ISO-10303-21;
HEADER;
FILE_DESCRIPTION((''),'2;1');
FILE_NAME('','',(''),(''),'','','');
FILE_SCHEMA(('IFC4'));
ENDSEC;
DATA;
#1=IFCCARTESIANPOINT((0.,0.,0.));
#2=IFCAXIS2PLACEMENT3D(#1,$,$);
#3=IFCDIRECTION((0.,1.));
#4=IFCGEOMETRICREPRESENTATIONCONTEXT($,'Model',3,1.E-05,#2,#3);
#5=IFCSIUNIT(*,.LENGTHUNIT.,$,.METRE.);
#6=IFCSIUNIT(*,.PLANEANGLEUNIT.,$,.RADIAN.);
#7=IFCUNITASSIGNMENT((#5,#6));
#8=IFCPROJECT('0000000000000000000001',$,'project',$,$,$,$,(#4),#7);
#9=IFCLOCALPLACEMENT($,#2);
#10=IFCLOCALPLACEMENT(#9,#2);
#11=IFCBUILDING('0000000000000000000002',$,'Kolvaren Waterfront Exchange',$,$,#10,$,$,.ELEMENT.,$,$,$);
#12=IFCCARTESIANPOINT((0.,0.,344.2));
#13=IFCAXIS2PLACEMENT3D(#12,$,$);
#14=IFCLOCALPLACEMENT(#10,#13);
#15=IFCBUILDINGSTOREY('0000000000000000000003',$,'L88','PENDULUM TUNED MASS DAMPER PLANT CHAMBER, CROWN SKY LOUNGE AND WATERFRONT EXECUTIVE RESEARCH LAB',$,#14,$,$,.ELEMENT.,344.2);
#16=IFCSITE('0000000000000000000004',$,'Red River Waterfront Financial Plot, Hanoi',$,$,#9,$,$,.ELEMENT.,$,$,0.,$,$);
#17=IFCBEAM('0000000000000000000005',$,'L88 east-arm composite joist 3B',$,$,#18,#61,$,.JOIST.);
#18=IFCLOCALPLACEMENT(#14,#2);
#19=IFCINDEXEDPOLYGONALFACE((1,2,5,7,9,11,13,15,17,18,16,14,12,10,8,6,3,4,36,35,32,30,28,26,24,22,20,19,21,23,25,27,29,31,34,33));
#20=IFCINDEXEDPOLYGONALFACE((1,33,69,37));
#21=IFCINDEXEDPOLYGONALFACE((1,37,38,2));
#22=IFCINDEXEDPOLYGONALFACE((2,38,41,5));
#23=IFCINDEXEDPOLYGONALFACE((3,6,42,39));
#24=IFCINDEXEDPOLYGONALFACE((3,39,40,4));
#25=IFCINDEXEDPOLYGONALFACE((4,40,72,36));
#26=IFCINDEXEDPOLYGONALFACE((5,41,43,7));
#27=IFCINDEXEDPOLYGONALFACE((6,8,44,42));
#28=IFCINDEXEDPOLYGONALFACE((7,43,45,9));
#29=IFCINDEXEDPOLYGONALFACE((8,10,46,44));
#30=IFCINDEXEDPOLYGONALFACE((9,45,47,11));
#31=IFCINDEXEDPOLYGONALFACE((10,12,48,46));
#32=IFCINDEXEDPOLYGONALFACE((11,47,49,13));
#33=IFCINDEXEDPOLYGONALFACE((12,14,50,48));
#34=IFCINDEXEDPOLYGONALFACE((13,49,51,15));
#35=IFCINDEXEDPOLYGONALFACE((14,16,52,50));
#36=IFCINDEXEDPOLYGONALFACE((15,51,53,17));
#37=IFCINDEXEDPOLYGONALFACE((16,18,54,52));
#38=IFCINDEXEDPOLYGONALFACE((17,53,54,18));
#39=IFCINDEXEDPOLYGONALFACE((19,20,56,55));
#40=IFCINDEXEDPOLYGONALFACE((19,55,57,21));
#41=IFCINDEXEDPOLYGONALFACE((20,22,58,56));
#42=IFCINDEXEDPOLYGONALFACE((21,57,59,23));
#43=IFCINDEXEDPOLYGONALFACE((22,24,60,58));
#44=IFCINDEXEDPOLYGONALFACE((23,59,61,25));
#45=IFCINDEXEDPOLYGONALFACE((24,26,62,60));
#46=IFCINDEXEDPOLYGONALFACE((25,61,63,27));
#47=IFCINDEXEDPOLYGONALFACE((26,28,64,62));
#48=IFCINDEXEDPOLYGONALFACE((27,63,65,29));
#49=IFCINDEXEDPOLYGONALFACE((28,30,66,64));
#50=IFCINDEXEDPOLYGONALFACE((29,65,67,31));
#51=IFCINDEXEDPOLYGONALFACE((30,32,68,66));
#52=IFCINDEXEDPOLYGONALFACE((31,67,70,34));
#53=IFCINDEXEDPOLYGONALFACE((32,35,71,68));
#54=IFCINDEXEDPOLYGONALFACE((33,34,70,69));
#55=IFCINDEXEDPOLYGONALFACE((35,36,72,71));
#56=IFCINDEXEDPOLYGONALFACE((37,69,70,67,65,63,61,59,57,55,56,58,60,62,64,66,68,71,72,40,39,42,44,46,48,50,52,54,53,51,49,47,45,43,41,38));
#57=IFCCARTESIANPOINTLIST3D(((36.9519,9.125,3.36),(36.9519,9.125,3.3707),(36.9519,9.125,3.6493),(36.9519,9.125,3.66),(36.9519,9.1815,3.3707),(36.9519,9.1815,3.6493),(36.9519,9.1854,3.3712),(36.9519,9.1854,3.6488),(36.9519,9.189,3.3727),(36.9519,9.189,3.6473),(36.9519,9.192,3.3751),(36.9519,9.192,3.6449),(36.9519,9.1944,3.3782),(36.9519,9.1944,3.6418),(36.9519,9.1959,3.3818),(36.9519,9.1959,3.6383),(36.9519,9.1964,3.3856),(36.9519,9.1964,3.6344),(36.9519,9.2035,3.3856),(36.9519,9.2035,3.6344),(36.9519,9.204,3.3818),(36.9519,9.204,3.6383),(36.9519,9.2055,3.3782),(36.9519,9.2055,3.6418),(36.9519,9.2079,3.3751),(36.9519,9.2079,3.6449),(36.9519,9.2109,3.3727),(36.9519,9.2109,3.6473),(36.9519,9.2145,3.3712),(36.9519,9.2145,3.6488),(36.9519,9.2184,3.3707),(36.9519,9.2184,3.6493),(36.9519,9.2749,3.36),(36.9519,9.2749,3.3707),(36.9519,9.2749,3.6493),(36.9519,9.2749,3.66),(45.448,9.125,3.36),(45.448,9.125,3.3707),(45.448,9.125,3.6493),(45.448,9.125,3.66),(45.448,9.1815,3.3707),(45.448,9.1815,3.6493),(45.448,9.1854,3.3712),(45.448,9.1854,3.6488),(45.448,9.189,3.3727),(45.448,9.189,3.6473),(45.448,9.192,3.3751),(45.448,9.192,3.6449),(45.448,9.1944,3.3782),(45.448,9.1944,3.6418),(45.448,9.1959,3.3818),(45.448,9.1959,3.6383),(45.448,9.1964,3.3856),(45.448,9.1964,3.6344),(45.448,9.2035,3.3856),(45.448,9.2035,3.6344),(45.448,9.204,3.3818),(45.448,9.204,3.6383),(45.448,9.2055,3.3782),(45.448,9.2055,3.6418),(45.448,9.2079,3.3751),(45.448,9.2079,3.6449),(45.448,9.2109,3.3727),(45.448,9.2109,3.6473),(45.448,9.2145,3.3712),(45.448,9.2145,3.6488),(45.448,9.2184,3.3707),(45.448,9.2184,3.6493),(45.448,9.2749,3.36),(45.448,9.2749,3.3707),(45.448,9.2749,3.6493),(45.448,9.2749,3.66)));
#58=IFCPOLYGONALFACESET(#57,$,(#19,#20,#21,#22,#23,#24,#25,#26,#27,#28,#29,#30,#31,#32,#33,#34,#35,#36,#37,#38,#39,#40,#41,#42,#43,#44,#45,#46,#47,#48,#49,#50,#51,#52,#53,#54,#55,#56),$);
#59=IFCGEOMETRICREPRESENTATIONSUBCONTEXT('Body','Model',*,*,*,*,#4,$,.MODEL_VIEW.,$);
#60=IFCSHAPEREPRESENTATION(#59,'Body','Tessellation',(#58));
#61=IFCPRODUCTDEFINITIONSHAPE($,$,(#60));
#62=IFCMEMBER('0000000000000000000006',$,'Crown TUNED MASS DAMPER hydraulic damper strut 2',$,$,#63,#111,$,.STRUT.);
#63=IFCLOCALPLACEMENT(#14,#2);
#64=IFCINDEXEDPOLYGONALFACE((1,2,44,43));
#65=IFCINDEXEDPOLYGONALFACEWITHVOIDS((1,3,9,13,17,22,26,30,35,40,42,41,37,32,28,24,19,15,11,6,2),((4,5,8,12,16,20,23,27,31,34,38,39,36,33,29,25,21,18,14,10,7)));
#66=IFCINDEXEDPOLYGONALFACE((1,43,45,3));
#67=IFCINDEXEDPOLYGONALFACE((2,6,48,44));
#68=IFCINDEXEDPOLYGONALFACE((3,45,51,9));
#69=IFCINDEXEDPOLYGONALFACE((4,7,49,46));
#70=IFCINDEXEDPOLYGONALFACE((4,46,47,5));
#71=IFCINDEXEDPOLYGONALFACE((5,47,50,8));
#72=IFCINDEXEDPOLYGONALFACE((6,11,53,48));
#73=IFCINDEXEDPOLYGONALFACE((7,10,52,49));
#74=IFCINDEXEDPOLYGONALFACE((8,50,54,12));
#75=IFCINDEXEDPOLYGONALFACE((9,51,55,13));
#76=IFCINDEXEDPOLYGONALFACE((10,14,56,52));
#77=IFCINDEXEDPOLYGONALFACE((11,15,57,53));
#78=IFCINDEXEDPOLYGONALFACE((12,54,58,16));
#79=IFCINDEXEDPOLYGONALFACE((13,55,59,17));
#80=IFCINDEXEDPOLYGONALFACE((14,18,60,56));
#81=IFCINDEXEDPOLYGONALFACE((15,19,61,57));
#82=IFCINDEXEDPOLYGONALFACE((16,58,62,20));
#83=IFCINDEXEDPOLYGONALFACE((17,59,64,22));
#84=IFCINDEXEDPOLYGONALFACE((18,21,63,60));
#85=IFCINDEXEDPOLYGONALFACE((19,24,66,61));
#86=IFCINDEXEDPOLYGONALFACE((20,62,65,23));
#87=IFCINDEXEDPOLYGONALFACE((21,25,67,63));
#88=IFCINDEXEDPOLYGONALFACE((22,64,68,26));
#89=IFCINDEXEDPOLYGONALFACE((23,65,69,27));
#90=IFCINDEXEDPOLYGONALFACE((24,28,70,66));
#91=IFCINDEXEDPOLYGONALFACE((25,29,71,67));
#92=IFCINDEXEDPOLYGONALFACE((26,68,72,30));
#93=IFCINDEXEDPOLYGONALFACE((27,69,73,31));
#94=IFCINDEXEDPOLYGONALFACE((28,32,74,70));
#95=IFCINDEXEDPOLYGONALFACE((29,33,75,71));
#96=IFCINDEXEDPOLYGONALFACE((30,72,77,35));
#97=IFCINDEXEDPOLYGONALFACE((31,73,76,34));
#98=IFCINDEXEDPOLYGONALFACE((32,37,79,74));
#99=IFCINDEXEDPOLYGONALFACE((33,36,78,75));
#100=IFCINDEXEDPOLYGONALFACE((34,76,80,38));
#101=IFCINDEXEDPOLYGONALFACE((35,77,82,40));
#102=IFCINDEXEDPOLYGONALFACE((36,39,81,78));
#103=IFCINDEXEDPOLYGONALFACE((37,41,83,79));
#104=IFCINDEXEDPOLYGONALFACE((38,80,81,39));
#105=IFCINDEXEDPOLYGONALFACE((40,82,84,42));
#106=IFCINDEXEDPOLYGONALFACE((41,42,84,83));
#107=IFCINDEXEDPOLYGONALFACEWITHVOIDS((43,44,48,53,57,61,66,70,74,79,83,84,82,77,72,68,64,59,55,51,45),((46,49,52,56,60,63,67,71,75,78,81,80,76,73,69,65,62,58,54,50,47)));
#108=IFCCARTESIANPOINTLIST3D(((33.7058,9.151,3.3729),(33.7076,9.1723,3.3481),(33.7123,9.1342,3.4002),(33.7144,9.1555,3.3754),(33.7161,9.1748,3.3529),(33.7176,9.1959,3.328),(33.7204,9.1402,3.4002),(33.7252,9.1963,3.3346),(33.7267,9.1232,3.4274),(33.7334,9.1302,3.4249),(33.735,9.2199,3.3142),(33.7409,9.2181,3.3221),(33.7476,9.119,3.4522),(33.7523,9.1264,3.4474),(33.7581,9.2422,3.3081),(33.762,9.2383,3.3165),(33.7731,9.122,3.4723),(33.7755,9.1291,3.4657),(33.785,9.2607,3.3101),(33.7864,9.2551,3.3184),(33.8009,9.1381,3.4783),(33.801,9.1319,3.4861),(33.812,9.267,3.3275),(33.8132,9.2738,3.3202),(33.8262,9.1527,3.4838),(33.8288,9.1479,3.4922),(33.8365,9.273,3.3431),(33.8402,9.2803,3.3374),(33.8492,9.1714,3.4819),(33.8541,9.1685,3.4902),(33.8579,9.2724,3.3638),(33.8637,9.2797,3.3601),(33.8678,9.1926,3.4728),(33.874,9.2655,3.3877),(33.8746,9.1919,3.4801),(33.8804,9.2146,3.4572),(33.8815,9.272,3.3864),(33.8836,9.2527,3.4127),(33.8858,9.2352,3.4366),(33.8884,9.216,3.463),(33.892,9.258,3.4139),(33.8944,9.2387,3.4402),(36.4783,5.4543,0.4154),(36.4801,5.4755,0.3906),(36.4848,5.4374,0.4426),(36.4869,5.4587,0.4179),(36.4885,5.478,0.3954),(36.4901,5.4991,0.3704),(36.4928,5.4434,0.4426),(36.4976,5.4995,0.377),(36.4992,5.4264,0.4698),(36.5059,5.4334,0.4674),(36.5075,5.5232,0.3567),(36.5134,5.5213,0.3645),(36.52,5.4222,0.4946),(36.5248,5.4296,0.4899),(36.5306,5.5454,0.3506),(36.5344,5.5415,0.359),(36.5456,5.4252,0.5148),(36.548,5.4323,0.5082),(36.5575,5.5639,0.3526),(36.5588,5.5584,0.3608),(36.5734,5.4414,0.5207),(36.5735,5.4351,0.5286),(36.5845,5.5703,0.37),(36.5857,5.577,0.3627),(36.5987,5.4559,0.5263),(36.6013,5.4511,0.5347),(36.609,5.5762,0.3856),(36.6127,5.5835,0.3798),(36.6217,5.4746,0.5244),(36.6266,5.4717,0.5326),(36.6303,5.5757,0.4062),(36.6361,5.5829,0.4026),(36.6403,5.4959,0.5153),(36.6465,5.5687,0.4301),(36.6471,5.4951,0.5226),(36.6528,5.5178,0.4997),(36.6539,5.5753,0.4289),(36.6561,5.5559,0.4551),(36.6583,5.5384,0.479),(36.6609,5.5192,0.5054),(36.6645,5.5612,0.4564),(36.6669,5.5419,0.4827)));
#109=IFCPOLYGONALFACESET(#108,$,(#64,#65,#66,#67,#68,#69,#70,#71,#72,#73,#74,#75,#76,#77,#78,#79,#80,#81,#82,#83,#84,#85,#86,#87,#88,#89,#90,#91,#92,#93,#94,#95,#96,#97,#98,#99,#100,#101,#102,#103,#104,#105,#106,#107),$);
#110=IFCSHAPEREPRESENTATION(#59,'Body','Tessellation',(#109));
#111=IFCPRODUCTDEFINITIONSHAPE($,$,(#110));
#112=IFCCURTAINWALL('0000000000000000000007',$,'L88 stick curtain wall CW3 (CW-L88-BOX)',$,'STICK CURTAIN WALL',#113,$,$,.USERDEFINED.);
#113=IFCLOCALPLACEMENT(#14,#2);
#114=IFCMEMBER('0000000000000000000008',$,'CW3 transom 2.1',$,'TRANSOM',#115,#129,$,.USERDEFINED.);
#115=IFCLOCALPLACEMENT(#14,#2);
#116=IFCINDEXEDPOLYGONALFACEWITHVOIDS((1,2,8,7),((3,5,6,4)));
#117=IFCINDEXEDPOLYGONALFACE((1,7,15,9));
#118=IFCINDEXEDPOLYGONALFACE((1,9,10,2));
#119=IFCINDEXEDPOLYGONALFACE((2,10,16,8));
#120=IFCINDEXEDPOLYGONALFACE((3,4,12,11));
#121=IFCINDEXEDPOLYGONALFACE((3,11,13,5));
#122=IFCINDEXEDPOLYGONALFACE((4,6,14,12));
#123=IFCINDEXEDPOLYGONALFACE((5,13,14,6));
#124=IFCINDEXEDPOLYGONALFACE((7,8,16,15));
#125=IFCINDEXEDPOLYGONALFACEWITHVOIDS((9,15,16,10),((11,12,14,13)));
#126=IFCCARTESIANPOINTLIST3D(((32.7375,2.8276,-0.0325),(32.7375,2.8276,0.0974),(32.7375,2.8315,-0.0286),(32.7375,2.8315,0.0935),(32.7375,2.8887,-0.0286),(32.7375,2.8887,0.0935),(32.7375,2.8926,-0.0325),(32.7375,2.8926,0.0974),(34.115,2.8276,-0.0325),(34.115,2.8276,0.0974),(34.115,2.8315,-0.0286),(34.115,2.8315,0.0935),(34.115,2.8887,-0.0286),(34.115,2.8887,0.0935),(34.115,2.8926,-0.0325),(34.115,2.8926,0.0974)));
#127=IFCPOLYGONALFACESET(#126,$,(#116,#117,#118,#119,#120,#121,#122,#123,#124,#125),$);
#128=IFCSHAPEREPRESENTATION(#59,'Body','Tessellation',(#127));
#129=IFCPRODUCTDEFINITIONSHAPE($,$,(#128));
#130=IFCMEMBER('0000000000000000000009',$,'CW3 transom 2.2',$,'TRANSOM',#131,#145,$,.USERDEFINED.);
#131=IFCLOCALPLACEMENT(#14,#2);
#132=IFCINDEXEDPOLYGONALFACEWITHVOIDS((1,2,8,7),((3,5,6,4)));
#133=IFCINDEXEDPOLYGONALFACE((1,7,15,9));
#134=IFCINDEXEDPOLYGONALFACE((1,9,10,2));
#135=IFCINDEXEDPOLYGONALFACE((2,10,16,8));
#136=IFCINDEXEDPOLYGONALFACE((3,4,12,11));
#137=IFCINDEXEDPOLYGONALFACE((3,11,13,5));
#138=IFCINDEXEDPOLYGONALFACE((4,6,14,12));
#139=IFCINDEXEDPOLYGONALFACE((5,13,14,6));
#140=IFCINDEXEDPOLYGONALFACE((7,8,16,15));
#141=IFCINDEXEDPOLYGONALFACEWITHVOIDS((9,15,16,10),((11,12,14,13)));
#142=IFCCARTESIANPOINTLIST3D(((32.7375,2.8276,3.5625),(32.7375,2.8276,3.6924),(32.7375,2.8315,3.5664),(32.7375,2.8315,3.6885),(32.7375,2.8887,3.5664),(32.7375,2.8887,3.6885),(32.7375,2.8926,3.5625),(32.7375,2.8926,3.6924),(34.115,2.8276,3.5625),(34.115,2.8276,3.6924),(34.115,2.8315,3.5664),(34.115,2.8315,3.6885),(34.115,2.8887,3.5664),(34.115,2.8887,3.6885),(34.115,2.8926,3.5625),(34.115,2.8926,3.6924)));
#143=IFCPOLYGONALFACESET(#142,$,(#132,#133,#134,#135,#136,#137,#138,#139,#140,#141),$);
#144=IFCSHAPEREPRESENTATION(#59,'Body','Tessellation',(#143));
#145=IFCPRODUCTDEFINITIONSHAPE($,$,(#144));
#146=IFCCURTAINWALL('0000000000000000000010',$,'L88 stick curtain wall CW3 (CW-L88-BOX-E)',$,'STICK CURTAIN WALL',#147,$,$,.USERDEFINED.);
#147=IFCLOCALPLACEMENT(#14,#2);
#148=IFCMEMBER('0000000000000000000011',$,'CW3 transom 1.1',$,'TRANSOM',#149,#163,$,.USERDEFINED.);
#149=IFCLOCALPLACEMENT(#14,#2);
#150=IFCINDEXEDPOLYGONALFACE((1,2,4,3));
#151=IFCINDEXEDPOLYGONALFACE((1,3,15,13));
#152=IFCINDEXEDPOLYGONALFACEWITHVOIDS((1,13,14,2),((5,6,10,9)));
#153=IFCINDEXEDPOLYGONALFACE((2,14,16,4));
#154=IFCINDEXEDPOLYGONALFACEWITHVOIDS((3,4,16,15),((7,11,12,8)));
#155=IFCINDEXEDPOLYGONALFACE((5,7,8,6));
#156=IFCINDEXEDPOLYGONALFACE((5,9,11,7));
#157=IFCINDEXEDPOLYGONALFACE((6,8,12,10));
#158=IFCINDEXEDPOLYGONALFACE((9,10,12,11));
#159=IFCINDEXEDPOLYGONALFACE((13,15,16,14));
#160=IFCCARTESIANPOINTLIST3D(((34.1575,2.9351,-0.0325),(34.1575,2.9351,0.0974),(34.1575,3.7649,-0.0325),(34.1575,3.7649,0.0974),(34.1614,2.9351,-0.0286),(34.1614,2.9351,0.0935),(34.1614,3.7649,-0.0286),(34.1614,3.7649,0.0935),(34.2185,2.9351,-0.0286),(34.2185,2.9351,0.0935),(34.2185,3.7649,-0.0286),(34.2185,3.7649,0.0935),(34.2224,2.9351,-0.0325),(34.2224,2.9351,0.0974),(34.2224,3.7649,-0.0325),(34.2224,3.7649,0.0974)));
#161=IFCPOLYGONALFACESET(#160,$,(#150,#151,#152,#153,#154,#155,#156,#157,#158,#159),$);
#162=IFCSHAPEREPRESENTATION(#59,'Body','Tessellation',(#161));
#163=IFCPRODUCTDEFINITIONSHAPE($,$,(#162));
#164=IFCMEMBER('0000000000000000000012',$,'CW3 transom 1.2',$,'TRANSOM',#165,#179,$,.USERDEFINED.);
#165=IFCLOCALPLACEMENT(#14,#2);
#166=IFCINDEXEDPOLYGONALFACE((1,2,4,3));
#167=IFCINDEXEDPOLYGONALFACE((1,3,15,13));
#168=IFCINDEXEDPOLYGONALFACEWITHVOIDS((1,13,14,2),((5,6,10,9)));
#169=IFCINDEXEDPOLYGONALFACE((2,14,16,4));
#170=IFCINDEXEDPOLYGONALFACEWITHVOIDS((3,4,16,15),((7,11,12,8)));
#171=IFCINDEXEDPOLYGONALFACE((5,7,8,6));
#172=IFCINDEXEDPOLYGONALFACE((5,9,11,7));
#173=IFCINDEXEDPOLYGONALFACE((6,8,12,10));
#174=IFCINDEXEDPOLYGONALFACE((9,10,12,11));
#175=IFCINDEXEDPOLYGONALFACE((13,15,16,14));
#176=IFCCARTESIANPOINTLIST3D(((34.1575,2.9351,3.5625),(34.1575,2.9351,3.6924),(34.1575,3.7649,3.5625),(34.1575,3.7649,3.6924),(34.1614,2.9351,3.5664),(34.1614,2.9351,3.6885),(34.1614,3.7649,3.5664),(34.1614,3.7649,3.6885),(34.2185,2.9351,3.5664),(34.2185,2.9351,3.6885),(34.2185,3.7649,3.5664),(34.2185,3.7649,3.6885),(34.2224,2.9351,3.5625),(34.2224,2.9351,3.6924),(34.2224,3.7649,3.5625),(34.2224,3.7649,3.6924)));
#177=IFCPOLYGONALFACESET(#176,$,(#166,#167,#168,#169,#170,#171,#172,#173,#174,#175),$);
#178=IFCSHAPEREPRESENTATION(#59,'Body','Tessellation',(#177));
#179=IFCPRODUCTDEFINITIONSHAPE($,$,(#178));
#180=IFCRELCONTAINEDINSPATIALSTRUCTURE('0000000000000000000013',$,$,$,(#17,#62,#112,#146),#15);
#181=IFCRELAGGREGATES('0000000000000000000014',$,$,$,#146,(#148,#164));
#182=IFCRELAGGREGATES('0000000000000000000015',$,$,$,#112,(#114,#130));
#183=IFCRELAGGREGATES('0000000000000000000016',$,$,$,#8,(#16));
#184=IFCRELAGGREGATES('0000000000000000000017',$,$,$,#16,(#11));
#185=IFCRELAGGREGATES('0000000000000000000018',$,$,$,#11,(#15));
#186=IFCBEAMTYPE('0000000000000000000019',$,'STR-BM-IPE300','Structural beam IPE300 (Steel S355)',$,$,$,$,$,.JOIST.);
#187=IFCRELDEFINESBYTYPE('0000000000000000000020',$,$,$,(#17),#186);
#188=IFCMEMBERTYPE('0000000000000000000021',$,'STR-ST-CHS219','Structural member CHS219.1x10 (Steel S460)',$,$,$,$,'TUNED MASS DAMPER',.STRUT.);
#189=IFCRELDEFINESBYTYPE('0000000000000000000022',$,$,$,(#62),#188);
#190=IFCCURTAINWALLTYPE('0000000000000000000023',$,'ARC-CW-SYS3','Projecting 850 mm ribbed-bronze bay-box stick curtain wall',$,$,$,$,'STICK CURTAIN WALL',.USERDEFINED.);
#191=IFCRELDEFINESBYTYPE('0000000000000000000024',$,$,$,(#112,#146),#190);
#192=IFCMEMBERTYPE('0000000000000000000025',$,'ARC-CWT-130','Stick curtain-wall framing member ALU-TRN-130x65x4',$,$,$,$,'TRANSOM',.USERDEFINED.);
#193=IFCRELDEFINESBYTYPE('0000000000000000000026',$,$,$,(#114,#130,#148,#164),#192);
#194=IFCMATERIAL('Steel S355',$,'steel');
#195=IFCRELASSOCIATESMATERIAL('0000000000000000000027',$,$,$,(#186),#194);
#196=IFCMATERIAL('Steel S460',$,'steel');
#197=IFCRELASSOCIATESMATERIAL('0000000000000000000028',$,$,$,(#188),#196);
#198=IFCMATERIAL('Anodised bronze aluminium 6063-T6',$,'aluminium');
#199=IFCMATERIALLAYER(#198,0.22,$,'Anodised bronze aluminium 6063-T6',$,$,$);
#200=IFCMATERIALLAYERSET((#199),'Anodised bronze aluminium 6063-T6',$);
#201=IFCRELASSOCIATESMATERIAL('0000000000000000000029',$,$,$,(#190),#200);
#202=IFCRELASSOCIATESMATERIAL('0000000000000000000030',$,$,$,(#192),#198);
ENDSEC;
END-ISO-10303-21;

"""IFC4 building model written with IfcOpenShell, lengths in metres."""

from ifc_helpers import new_model, si_unit, direction, frame, origin, origin_with_axes, origin_2d, place, context, subcontext, project, spatial, hollow_rectangle, hollow_circle, i_section, extrude, source, transform, mapped, material, layer, layer_set, material_profile, profile_set, type_object, element, aggregate, save


model = new_model("IFC4")

# Units and contexts
model_context = context("Model", 3, precision=1e-05, world=origin(), true_north=direction((0.0, 1.0)))
body_context = subcontext(model_context, "Body", "Model", "MODEL_VIEW")
ifc_project = project(units=[si_unit("LENGTHUNIT", "METRE"), si_unit("PLANEANGLEUNIT", "RADIAN")], contexts=[model_context])

# Site, building, storey
site_placement = place(None, origin())
site = spatial("IfcSite", under=ifc_project, at=site_placement, Name="Red River Waterfront Financial Plot, Hanoi", CompositionType="ELEMENT", RefElevation=0.0)
building_placement = place(site_placement, origin())
building = spatial("IfcBuilding", under=site, at=building_placement, Name="Kolvaren Waterfront Exchange", CompositionType="ELEMENT")
storey_placement = place(building_placement, frame((0.0, 0.0, 344.2)))
storey = spatial("IfcBuildingStorey", under=building, at=storey_placement, Name="L88", Description="PENDULUM TUNED MASS DAMPER PLANT CHAMBER, CROWN SKY LOUNGE AND WATERFRONT EXECUTIVE RESEARCH LAB", CompositionType="ELEMENT", Elevation=344.2)

# Beam
ifc_material_1 = material(Name="Steel S355", Category="steel")
ifc_material_profile_1 = material_profile(ifc_material_1, i_section(OverallWidth=0.1499, OverallDepth=0.3, WebThickness=0.0071, FlangeThickness=0.0107, FilletRadius=0.0149, at=origin_2d()), Name="IPE300")
ifc_profile_set_1 = profile_set([ifc_material_profile_1], Name="Steel S355")
beam_type_1 = type_object("IfcBeamType", Name="STR-BM-IPE300", Description="Structural beam IPE300 (Steel S355)", PredefinedType="JOIST", material=ifc_profile_set_1)
beam_1_placement = place(storey_placement, frame((36.9519, 9.2, 3.51), z_axis=(1.0, 0.0, 0.0), x_axis=(0.0, 1.0, 0.0)))
element("IfcBeam", 1, at=beam_1_placement, inside=storey, type_object=beam_type_1, Name="L88 east-arm composite joist 3B", PredefinedType="JOIST", context=body_context, shape_type="SweptSolid", body=[
    extrude(i_section(OverallWidth=0.1499, OverallDepth=0.3, WebThickness=0.0071, FlangeThickness=0.0107, FilletRadius=0.0149, at=origin_2d()), origin(), (0.0, 0.0, 1.0), 8.4961),
])

# Member
ifc_material_2 = material(Name="Steel S460", Category="steel")
ifc_material_profile_2 = material_profile(ifc_material_2, hollow_circle(Radius=0.1096, WallThickness=0.01, at=origin_2d()), Name="CHS219.1x10")
ifc_profile_set_2 = profile_set([ifc_material_profile_2], Name="Steel S460")
member_type_1 = type_object("IfcMemberType", Name="STR-ST-CHS219", Description="Structural member CHS219.1x10 (Steel S460)", ElementType="TUNED MASS DAMPER", PredefinedType="STRUT", material=ifc_profile_set_2)
member_1_placement = place(storey_placement, frame((36.5725, 5.5032, 0.4426), z_axis=(-0.505341, 0.673818, 0.539072), x_axis=(-0.800013, -0.599983, 0.0)))
element("IfcMember", 2, at=member_1_placement, inside=storey, type_object=member_type_1, Name="Crown TUNED MASS DAMPER hydraulic damper strut 2", PredefinedType="STRUT", context=body_context, shape_type="SweptSolid", body=[
    extrude(hollow_circle(Radius=0.1096, WallThickness=0.01, at=origin_2d()), origin(), (0.0, 0.0, 1.0), 5.4863),
])

# Curtain walls, members
ifc_material_3 = material(Name="Anodised bronze aluminium 6063-T6", Category="aluminium")
ifc_layer_1 = layer(ifc_material_3, 0.22, Name="Anodised bronze aluminium 6063-T6")
ifc_layer_set_1 = layer_set([ifc_layer_1], Name="Anodised bronze aluminium 6063-T6")
curtain_wall_type_1 = type_object("IfcCurtainWallType", Name="ARC-CW-SYS3", Description="Projecting 850 mm ribbed-bronze bay-box stick curtain wall", ElementType="STICK CURTAIN WALL", PredefinedType="USERDEFINED", material=ifc_layer_set_1)
curtain_wall_1_placement = place(storey_placement, origin())
curtain_wall_1 = element("IfcCurtainWall", 3, at=curtain_wall_1_placement, inside=storey, type_object=curtain_wall_type_1, Name="L88 stick curtain wall CW3 (CW-L88-BOX)", ObjectType="STICK CURTAIN WALL", PredefinedType="USERDEFINED")
ifc_material_profile_3 = material_profile(ifc_material_3, hollow_rectangle(XDim=0.0649, YDim=0.1299, WallThickness=0.0039, at=origin_2d()), Name="ALU-TRN-130x65x4")
ifc_profile_set_3 = profile_set([ifc_material_profile_3], Name="Anodised bronze aluminium 6063-T6")
member_type_2 = type_object("IfcMemberType", Name="ARC-CWT-130", Description="Stick curtain-wall framing member ALU-TRN-130x65x4", ElementType="TRANSOM", PredefinedType="USERDEFINED", material=ifc_profile_set_3)
shared_shape_1 = source(origin_with_axes(), body_context, "Body", "SweptSolid", [
    extrude(hollow_rectangle(XDim=0.0649, YDim=0.1299, WallThickness=0.0039, at=origin_2d()), origin(), (0.0, 0.0, 1.0), 1.3774),
])
member_2_placement = place(storey_placement, frame((32.7375, 2.8601, 0.0325), z_axis=(1.0, 0.0, 0.0), x_axis=(0.0, 1.0, 0.0)))
member_2 = element("IfcMember", 4, at=member_2_placement, type_object=member_type_2, Name="CW3 transom 2.1", ObjectType="TRANSOM", PredefinedType="USERDEFINED", context=body_context, shape_type="MappedRepresentation", body=[
    mapped(shared_shape_1, transform((0.0, 0.0, 0.0), x_axis=(1.0, 0.0, 0.0), y_axis=(0.0, 1.0, 0.0), z_axis=(0.0, 0.0, 1.0), scale=1.0)),
])
member_3_placement = place(storey_placement, frame((32.7375, 2.8601, 3.6274), z_axis=(1.0, 0.0, 0.0), x_axis=(0.0, 1.0, 0.0)))
member_3 = element("IfcMember", 5, at=member_3_placement, type_object=member_type_2, Name="CW3 transom 2.2", ObjectType="TRANSOM", PredefinedType="USERDEFINED", context=body_context, shape_type="MappedRepresentation", body=[
    mapped(shared_shape_1, transform((0.0, 0.0, 0.0), x_axis=(1.0, 0.0, 0.0), y_axis=(0.0, 1.0, 0.0), z_axis=(0.0, 0.0, 1.0), scale=1.0)),
])
curtain_wall_2_placement = place(storey_placement, origin())
curtain_wall_2 = element("IfcCurtainWall", 6, at=curtain_wall_2_placement, inside=storey, type_object=curtain_wall_type_1, Name="L88 stick curtain wall CW3 (CW-L88-BOX-E)", ObjectType="STICK CURTAIN WALL", PredefinedType="USERDEFINED")
shared_shape_2 = source(origin_with_axes(), body_context, "Body", "SweptSolid", [
    extrude(hollow_rectangle(XDim=0.0649, YDim=0.1299, WallThickness=0.0039, at=origin_2d()), origin(), (0.0, 0.0, 1.0), 0.8298),
])
member_4_placement = place(storey_placement, frame((34.1899, 2.9351, 0.0325), z_axis=(0.0, 1.0, 0.0), x_axis=(-1.0, 0.0, 0.0)))
member_4 = element("IfcMember", 7, at=member_4_placement, type_object=member_type_2, Name="CW3 transom 1.1", ObjectType="TRANSOM", PredefinedType="USERDEFINED", context=body_context, shape_type="MappedRepresentation", body=[
    mapped(shared_shape_2, transform((0.0, 0.0, 0.0), x_axis=(1.0, 0.0, 0.0), y_axis=(0.0, 1.0, 0.0), z_axis=(0.0, 0.0, 1.0), scale=1.0)),
])
member_5_placement = place(storey_placement, frame((34.1899, 2.9351, 3.6274), z_axis=(0.0, 1.0, 0.0), x_axis=(-1.0, 0.0, 0.0)))
member_5 = element("IfcMember", 8, at=member_5_placement, type_object=member_type_2, Name="CW3 transom 1.2", ObjectType="TRANSOM", PredefinedType="USERDEFINED", context=body_context, shape_type="MappedRepresentation", body=[
    mapped(shared_shape_2, transform((0.0, 0.0, 0.0), x_axis=(1.0, 0.0, 0.0), y_axis=(0.0, 1.0, 0.0), z_axis=(0.0, 0.0, 1.0), scale=1.0)),
])

aggregate(curtain_wall_2, [member_4, member_5])
aggregate(curtain_wall_1, [member_2, member_3])

save(model, "model.ifc")
